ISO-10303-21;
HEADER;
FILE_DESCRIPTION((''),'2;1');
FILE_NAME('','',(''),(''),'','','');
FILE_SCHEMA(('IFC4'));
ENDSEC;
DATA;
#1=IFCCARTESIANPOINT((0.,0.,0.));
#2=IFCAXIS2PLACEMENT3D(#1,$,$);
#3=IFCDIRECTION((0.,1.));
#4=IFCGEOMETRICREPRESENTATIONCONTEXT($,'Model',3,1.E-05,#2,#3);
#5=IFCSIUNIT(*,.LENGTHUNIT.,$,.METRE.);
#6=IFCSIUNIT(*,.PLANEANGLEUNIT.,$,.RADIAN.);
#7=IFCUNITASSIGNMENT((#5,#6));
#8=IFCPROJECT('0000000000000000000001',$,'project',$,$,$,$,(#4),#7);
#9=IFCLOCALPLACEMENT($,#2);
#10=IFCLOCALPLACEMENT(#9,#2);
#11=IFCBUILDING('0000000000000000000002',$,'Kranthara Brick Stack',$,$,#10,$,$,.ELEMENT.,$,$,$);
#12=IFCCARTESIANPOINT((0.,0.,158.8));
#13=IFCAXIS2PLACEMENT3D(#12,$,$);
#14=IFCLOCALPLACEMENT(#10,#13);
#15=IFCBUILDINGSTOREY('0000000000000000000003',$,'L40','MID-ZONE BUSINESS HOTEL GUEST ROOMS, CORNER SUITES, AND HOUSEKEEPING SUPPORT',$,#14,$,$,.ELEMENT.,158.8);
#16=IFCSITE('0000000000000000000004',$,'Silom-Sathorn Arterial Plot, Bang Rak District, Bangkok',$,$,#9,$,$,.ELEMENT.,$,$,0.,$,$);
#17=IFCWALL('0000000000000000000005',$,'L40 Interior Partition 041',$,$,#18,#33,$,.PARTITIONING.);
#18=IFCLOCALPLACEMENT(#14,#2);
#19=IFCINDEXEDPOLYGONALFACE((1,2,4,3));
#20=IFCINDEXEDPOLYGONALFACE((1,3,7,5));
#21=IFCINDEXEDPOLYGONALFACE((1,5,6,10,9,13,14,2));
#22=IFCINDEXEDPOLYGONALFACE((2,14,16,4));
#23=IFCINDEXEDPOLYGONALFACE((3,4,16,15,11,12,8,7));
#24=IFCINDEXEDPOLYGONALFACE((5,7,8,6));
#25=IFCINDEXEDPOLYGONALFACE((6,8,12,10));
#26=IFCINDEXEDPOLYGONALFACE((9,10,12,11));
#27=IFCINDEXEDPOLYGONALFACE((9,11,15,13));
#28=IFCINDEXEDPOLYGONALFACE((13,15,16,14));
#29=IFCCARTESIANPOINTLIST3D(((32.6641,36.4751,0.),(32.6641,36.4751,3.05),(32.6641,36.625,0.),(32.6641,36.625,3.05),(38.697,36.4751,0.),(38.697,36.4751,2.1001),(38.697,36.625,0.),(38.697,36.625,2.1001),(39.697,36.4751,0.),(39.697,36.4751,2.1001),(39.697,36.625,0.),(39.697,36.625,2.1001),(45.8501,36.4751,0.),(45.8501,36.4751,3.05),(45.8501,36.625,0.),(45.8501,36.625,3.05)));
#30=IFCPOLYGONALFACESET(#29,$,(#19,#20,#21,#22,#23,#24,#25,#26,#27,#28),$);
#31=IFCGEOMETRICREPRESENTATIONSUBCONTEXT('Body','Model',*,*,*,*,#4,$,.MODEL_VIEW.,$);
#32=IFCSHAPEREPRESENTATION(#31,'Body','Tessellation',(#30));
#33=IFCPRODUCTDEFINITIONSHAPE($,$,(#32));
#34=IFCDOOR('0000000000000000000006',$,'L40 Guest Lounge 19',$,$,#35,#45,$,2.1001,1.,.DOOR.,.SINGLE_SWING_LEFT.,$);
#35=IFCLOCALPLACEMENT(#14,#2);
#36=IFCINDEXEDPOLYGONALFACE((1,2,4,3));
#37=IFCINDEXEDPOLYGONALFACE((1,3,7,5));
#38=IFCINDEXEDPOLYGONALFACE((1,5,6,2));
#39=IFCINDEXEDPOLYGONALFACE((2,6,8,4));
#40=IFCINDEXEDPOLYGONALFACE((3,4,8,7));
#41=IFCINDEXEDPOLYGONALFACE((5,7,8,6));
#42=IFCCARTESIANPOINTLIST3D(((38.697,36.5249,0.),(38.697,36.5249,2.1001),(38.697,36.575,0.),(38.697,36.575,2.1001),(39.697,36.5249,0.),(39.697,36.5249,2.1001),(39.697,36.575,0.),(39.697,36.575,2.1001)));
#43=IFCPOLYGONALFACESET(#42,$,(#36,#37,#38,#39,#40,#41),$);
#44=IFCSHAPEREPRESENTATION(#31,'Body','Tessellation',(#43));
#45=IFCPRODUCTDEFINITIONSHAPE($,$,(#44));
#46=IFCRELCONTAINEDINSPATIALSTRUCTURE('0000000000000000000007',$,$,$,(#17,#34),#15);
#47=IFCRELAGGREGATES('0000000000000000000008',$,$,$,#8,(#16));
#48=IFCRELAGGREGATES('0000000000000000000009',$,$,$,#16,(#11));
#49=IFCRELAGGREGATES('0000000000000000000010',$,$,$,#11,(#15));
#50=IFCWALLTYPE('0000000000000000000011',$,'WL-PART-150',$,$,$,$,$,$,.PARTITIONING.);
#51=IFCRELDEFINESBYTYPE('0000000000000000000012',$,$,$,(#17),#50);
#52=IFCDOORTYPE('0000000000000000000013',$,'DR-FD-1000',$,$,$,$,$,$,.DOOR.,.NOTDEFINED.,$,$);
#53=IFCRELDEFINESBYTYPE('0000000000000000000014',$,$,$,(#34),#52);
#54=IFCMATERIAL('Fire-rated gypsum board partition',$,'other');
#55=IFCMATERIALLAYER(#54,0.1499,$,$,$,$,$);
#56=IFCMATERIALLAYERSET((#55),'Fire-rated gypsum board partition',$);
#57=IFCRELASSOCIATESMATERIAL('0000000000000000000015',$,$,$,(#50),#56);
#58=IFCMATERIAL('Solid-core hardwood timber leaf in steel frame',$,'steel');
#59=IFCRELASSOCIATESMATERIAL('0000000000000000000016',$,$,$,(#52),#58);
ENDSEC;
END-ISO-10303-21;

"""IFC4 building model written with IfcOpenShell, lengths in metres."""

from ifc_helpers import new_model, si_unit, direction, frame, frame_2d, origin, place, context, subcontext, project, spatial, rectangle, extrude, material, layer, layer_set, type_object, element, fill, save


model = new_model("IFC4")

# Units and contexts
model_context = context("Model", 3, precision=1e-05, world=origin(), true_north=direction((0.0, 1.0)))
body_context = subcontext(model_context, "Body", "Model", "MODEL_VIEW")
ifc_project = project(units=[si_unit("LENGTHUNIT", "METRE"), si_unit("PLANEANGLEUNIT", "RADIAN")], contexts=[model_context])

# Site, building, storey
site_placement = place(None, origin())
site = spatial("IfcSite", under=ifc_project, at=site_placement, Name="Silom-Sathorn Arterial Plot, Bang Rak District, Bangkok", CompositionType="ELEMENT", RefElevation=0.0)
building_placement = place(site_placement, origin())
building = spatial("IfcBuilding", under=site, at=building_placement, Name="Kranthara Brick Stack", CompositionType="ELEMENT")
storey_placement = place(building_placement, frame((0.0, 0.0, 158.8)))
storey = spatial("IfcBuildingStorey", under=building, at=storey_placement, Name="L40", Description="MID-ZONE BUSINESS HOTEL GUEST ROOMS, CORNER SUITES, AND HOUSEKEEPING SUPPORT", CompositionType="ELEMENT", Elevation=158.8)

# Shared definitions
ifc_material_1 = material(Name="Fire-rated gypsum board partition", Category="other")
ifc_layer_1 = layer(ifc_material_1, 0.1499)
ifc_layer_set_1 = layer_set([ifc_layer_1], Name="Fire-rated gypsum board partition")
wall_type_1 = type_object("IfcWallType", Name="WL-PART-150", PredefinedType="PARTITIONING", material=ifc_layer_set_1)

# Wall, opening, door
wall_1_placement = place(storey_placement, frame((32.6641, 36.55, 0.0), z_axis=(0.0, 0.0, 1.0), x_axis=(1.0, 0.0, 0.0)))
wall_1 = element("IfcWall", 1, at=wall_1_placement, inside=storey, type_object=wall_type_1, Name="L40 Interior Partition 041", PredefinedType="PARTITIONING", context=body_context, shape_type="SweptSolid", body=[
    extrude(rectangle(XDim=13.186, YDim=0.1499, at=frame_2d((6.593, 0.0))), origin(), (0.0, 0.0, 1.0), 3.05),
])
opening_1_placement = place(wall_1_placement, frame((6.033, 0.0, 0.0)))
opening_1 = element("IfcOpeningElement", 2, at=opening_1_placement, cuts=wall_1, PredefinedType="OPENING", context=body_context, shape_type="SweptSolid", body=[
    extrude(rectangle(XDim=1.0, YDim=2.1001, at=frame_2d((0.5, 1.05))), frame((0.0, 0.085, 0.0), z_axis=(0.0, -1.0, 0.0), x_axis=(1.0, 0.0, 0.0)), (0.0, 0.0, 1.0), 0.1699),
])
ifc_material_2 = material(Name="Solid-core hardwood timber leaf in steel frame", Category="steel")
door_type_1 = type_object("IfcDoorType", Name="DR-FD-1000", OperationType="NOTDEFINED", PredefinedType="DOOR", material=ifc_material_2)
door_1_placement = place(opening_1_placement, origin())
door_1 = element("IfcDoor", 3, at=door_1_placement, inside=storey, type_object=door_type_1, Name="L40 Guest Lounge 19", OperationType="SINGLE_SWING_LEFT", OverallHeight=2.1001, OverallWidth=1.0, PredefinedType="DOOR", context=body_context, shape_type="SweptSolid", body=[
    extrude(rectangle(XDim=1.0, YDim=2.1001, at=frame_2d((0.5, 1.05))), frame((0.0, 0.0249, 0.0), z_axis=(0.0, -1.0, 0.0), x_axis=(1.0, 0.0, 0.0)), (0.0, 0.0, 1.0), 0.05),
])
fill(opening_1, door_1)

save(model, "model.ifc")
